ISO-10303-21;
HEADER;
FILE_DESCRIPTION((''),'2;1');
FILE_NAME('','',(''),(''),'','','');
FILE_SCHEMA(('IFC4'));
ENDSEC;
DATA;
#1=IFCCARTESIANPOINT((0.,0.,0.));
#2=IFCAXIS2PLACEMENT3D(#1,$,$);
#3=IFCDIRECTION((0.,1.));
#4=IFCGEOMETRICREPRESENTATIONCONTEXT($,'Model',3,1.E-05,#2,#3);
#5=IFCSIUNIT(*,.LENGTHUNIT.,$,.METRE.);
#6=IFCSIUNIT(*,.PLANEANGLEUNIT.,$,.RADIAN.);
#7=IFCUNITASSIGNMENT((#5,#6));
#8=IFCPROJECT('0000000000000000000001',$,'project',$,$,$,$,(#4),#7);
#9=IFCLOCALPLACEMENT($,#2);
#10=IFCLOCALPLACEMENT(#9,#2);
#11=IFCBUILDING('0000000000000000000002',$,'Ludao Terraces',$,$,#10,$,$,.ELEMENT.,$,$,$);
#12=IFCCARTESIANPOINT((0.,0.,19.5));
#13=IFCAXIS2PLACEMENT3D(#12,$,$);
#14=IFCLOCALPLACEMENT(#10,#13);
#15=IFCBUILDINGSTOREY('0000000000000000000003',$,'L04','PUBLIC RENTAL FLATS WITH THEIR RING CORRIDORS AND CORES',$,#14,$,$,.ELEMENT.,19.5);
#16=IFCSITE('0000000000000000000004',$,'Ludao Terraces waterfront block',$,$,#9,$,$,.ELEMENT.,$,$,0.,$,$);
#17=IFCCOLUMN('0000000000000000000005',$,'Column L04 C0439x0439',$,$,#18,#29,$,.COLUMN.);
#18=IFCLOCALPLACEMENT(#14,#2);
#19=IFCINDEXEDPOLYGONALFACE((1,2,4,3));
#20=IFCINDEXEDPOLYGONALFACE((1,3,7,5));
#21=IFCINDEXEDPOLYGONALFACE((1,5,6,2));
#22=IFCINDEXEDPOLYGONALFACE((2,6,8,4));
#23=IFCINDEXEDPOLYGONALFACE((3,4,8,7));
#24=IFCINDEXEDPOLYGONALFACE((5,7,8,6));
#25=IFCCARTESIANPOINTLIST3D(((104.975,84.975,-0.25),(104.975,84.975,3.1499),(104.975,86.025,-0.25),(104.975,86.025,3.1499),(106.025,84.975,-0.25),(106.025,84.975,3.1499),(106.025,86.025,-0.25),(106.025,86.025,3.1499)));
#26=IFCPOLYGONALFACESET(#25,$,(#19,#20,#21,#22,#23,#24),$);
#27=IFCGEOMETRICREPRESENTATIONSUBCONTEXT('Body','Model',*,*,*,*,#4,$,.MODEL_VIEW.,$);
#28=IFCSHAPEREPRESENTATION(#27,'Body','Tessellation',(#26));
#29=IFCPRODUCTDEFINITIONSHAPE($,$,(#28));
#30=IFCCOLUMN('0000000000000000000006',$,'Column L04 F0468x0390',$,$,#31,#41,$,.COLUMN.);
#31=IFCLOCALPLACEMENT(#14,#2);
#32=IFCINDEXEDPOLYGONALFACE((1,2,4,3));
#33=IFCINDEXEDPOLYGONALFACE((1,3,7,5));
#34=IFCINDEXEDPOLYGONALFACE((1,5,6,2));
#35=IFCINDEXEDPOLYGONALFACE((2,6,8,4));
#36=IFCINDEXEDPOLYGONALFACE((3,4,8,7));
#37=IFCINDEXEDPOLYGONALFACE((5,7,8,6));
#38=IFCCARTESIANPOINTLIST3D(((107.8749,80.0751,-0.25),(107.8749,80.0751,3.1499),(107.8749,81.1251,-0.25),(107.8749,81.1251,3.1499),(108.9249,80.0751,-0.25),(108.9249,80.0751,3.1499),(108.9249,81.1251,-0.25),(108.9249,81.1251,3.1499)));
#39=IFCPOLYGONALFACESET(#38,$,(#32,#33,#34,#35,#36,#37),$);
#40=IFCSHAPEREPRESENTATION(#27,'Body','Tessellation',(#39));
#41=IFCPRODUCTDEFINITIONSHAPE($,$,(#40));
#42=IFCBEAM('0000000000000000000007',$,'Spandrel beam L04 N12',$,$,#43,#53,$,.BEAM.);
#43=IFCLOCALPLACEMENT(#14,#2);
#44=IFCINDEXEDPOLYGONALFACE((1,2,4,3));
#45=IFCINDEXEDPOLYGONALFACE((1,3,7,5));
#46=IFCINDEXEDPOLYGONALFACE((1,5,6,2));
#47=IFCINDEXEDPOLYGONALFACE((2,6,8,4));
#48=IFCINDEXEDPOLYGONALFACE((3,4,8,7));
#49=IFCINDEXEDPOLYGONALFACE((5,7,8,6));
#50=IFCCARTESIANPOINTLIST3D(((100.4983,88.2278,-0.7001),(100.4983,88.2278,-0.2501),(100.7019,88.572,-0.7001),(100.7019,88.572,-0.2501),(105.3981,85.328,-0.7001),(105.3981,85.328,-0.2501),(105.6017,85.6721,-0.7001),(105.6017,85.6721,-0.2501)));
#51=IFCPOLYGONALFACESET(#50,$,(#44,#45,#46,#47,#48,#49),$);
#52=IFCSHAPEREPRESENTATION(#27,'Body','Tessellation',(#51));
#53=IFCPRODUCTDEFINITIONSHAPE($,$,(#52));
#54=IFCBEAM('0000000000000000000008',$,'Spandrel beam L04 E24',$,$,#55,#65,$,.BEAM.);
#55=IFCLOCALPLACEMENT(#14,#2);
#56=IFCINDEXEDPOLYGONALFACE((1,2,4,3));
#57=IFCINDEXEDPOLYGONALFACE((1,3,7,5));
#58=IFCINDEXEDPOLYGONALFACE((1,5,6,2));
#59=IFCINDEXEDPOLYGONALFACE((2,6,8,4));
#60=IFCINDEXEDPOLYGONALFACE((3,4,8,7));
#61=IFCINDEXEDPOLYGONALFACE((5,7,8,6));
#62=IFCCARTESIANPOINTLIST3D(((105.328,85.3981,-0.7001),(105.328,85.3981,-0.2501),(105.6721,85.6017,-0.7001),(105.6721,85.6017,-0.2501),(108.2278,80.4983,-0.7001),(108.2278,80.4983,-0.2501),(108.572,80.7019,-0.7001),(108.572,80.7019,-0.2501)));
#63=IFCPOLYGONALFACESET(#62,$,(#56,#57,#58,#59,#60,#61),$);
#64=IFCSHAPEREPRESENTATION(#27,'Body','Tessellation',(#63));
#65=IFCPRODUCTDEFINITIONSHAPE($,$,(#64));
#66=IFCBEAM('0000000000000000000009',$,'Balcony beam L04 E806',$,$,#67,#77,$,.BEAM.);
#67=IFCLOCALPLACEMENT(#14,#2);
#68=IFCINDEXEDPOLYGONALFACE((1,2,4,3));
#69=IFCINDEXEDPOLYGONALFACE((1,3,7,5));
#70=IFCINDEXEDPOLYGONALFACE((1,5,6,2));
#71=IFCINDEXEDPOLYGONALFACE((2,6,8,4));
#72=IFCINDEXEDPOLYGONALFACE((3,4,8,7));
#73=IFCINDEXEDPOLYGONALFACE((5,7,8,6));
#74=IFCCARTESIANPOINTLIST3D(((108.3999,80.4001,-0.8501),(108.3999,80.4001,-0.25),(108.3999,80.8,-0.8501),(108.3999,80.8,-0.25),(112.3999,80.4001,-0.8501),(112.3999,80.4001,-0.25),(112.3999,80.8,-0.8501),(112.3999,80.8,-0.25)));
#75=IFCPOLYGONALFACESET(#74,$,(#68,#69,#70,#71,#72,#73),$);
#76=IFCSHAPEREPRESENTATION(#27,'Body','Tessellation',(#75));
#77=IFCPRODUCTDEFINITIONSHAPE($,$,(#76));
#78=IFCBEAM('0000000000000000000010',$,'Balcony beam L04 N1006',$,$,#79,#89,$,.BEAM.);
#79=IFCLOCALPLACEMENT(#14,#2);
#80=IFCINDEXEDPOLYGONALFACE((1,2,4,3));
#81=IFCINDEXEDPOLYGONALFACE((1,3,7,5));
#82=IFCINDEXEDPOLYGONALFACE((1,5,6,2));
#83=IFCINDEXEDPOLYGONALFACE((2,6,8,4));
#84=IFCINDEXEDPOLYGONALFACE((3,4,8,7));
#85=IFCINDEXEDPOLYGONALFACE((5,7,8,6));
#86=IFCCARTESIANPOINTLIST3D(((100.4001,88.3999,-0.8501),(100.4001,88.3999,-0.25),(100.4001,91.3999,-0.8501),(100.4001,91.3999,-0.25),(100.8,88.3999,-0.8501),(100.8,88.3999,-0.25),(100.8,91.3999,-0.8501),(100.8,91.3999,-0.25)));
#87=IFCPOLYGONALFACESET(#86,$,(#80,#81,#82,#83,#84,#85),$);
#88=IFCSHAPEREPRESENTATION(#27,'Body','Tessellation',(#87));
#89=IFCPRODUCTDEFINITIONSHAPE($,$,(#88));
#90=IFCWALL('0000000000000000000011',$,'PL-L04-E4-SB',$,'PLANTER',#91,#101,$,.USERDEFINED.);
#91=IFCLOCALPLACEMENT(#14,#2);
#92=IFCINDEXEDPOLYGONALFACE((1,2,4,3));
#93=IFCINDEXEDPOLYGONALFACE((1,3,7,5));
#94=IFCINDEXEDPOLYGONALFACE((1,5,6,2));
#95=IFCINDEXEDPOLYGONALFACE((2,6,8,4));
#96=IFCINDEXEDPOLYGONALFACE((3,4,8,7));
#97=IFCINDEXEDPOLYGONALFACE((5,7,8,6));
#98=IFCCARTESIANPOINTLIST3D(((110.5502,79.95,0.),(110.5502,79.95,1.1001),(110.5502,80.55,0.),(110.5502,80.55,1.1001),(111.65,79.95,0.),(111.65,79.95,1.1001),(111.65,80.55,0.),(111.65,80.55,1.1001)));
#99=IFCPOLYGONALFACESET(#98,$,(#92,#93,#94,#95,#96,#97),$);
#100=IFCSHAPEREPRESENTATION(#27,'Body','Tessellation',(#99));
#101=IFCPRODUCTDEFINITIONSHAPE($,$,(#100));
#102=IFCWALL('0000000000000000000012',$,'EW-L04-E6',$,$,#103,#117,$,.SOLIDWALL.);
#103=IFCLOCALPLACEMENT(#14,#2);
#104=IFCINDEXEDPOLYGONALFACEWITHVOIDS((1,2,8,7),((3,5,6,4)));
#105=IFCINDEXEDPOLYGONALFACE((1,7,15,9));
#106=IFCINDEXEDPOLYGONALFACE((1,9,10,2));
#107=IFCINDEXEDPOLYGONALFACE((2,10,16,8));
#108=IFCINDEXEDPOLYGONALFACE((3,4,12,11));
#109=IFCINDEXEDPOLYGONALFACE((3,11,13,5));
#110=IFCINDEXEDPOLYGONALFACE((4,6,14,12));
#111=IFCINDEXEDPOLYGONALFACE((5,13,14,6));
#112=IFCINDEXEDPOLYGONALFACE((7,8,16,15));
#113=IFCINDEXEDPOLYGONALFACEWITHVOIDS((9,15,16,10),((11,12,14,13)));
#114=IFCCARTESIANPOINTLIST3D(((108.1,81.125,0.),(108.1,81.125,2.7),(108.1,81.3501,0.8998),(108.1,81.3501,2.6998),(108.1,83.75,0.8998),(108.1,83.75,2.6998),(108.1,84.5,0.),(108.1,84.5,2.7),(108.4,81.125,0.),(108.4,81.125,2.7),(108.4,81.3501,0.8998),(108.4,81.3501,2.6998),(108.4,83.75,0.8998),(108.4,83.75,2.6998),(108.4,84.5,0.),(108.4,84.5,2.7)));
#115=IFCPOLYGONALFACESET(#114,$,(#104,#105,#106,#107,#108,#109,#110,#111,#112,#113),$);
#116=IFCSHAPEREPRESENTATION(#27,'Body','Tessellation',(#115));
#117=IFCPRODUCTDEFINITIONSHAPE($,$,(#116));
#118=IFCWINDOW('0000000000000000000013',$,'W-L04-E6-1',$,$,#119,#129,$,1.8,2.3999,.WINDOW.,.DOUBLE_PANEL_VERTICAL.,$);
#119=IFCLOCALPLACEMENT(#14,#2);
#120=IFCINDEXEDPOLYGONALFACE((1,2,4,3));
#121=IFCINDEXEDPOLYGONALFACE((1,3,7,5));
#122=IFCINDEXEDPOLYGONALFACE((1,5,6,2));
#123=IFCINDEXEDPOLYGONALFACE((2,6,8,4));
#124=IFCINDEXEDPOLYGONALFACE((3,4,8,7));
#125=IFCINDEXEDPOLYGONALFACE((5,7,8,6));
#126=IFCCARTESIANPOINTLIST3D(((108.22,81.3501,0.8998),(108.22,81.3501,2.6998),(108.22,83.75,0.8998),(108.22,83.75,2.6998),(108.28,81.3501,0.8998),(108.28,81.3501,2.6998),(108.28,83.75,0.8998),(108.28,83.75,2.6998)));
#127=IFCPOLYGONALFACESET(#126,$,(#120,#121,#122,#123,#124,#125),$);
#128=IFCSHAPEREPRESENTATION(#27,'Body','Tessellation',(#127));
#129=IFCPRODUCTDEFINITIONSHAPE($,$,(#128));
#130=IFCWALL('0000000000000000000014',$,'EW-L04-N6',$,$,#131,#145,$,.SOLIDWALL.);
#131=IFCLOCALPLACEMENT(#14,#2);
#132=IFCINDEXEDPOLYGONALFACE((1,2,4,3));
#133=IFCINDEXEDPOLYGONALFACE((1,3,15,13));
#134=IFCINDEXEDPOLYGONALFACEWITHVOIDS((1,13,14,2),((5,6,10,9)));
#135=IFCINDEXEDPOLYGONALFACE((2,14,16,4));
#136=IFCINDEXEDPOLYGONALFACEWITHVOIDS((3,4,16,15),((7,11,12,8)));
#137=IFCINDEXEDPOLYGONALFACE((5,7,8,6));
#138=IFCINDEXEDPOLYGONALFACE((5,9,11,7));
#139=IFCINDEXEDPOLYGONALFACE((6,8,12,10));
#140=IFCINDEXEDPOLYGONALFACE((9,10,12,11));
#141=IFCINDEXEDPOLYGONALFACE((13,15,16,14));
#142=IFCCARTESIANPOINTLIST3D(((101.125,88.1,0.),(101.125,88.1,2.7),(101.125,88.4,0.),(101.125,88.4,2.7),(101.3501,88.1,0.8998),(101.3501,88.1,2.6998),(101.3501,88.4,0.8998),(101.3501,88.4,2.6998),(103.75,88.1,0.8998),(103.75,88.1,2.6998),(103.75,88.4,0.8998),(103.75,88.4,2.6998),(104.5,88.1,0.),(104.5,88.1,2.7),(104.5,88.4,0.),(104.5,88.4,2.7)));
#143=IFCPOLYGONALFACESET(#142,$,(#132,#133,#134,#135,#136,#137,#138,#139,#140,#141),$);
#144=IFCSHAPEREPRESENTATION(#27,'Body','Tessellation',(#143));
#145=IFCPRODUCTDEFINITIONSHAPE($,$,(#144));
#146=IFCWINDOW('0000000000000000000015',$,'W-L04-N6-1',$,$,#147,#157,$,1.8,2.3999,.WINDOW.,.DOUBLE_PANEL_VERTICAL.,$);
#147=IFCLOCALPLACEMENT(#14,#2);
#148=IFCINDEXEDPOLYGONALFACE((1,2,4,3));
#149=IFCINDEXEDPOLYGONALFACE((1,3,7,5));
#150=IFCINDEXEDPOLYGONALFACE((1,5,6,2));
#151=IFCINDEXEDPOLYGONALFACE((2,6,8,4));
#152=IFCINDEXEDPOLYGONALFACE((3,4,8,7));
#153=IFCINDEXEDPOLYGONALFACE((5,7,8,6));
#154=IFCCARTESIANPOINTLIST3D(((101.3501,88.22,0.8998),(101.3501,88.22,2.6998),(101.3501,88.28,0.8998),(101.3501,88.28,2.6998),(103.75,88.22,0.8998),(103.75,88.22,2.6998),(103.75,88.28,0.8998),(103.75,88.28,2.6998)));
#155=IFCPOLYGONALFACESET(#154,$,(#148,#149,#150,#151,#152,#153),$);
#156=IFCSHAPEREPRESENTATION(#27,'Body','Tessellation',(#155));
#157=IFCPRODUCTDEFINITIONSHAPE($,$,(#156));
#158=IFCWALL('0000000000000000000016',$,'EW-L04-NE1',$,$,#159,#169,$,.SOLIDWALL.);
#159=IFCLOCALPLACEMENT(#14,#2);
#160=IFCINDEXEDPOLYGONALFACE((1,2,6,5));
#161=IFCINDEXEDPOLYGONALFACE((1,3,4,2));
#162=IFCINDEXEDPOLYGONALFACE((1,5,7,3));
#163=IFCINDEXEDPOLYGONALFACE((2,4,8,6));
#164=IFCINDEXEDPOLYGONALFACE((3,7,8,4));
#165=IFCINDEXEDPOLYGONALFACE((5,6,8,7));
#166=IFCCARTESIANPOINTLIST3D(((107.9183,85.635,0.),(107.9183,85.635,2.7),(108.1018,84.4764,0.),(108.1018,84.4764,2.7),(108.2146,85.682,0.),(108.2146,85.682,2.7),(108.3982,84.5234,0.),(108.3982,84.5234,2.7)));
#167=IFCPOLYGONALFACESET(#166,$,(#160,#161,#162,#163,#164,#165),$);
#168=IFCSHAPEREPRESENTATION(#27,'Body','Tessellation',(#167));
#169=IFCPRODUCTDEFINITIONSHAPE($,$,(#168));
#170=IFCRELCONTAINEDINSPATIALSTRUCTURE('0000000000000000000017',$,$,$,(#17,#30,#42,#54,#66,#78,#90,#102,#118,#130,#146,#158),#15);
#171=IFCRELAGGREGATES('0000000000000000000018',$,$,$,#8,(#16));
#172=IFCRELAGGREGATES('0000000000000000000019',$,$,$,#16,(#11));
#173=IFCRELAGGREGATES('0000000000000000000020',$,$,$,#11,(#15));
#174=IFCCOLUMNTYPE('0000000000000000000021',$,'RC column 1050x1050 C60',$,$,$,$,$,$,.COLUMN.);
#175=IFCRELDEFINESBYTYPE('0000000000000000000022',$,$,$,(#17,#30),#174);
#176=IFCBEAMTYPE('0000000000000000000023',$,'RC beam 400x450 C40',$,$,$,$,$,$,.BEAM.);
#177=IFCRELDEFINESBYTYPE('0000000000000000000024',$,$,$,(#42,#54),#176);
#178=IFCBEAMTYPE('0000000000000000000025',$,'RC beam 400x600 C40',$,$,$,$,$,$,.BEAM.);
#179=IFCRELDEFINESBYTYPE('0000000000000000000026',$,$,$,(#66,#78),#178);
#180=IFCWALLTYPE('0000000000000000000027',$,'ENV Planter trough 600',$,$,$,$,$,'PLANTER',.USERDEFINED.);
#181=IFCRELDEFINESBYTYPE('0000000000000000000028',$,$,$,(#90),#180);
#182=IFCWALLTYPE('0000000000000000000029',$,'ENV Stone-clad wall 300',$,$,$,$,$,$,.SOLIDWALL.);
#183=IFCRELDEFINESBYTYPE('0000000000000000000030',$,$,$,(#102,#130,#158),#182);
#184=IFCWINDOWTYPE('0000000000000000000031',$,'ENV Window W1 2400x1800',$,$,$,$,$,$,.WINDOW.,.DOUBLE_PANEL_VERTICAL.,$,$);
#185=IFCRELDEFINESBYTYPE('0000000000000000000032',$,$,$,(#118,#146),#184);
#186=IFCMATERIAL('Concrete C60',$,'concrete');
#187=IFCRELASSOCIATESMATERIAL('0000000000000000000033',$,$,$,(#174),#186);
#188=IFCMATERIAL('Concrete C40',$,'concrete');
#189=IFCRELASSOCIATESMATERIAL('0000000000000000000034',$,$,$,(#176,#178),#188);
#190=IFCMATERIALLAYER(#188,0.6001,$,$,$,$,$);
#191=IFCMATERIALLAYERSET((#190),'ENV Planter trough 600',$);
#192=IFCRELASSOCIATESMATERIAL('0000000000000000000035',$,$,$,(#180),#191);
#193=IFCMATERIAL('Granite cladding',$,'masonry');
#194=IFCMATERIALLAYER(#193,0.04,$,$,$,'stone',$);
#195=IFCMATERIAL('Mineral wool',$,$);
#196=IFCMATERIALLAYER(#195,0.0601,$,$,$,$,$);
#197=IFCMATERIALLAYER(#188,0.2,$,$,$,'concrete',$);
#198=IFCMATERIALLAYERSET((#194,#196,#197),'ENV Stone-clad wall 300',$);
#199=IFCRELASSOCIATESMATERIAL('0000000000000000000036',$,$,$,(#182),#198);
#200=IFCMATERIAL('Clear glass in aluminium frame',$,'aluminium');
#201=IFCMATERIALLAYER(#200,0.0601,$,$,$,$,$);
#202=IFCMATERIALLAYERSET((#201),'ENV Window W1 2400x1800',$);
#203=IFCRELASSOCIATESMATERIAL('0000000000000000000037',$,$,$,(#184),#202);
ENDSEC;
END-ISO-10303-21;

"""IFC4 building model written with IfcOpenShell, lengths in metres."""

from ifc_helpers import new_model, si_unit, direction, frame, frame_2d, origin, origin_2d, place, context, subcontext, project, spatial, rectangle, extrude, material, layer, layer_set, material_profile, profile_set, type_object, element, fill, save


model = new_model("IFC4")

# Units and contexts
model_context = context("Model", 3, precision=1e-05, world=origin(), true_north=direction((0.0, 1.0)))
body_context = subcontext(model_context, "Body", "Model", "MODEL_VIEW")
ifc_project = project(units=[si_unit("LENGTHUNIT", "METRE"), si_unit("PLANEANGLEUNIT", "RADIAN")], contexts=[model_context])

# Site, building, storey
site_placement = place(None, origin())
site = spatial("IfcSite", under=ifc_project, at=site_placement, Name="Ludao Terraces waterfront block", CompositionType="ELEMENT", RefElevation=0.0)
building_placement = place(site_placement, origin())
building = spatial("IfcBuilding", under=site, at=building_placement, Name="Ludao Terraces", CompositionType="ELEMENT")
storey_placement = place(building_placement, frame((0.0, 0.0, 19.5)))
storey = spatial("IfcBuildingStorey", under=building, at=storey_placement, Name="L04", Description="PUBLIC RENTAL FLATS WITH THEIR RING CORRIDORS AND CORES", CompositionType="ELEMENT", Elevation=19.5)

# Columns
ifc_material_1 = material(Name="Concrete C60", Category="concrete")
ifc_material_profile_1 = material_profile(ifc_material_1, rectangle(XDim=1.05, YDim=1.05, at=origin_2d()), Name="1050 X 1050")
ifc_profile_set_1 = profile_set([ifc_material_profile_1], Name="Concrete C60")
column_type = type_object("IfcColumnType", Name="RC column 1050x1050 C60", PredefinedType="COLUMN", material=ifc_profile_set_1)
for number, where, z_axis, x_axis, name in (
    (1, (105.5, 85.5, -0.25), (0.0, 0.0, 1.0), (1.0, 0.0, 0.0), "Column L04 C0439x0439"),
    (2, (108.3999, 80.6001, -0.25), (0.0, 0.0, 1.0), (1.0, 0.0, 0.0), "Column L04 F0468x0390"),
):
    element("IfcColumn", number, at=place(storey_placement, frame(where, z_axis=z_axis, x_axis=x_axis)), inside=storey, type_object=column_type, Name=name, PredefinedType="COLUMN", context=body_context, shape_type="SweptSolid", body=[
        extrude(rectangle(XDim=1.05, YDim=1.05, at=origin_2d()), origin(), (0.0, 0.0, 1.0), 3.3999),
    ])

# Beams
ifc_material_2 = material(Name="Concrete C40", Category="concrete")
ifc_material_profile_2 = material_profile(ifc_material_2, rectangle(XDim=0.3999, YDim=0.45, at=origin_2d()), Name="400 X 450")
ifc_profile_set_2 = profile_set([ifc_material_profile_2], Name="Concrete C40")
beam_type_1 = type_object("IfcBeamType", Name="RC beam 400x450 C40", PredefinedType="BEAM", material=ifc_profile_set_2)
for number, where, z_axis, x_axis, name in (
    (3, (100.6001, 88.3999, -0.4751), (0.86058, -0.509316, 0.0), (0.509316, 0.86058, 0.0), "Spandrel beam L04 N12"),
    (4, (108.3999, 80.6001, -0.4751), (-0.509316, 0.86058, 0.0), (-0.86058, -0.509316, 0.0), "Spandrel beam L04 E24"),
):
    element("IfcBeam", number, at=place(storey_placement, frame(where, z_axis=z_axis, x_axis=x_axis)), inside=storey, type_object=beam_type_1, Name=name, PredefinedType="BEAM", context=body_context, shape_type="SweptSolid", body=[
        extrude(rectangle(XDim=0.3999, YDim=0.45, at=origin_2d()), origin(), (0.0, 0.0, 1.0), 5.6936),
    ])
ifc_material_profile_3 = material_profile(ifc_material_2, rectangle(XDim=0.3999, YDim=0.6001, at=origin_2d()), Name="400 X 600")
ifc_profile_set_3 = profile_set([ifc_material_profile_3], Name="Concrete C40")
beam_type_2 = type_object("IfcBeamType", Name="RC beam 400x600 C40", PredefinedType="BEAM", material=ifc_profile_set_3)
beam_1_placement = place(storey_placement, frame((108.3999, 80.6001, -0.55), z_axis=(1.0, 0.0, 0.0), x_axis=(0.0, 1.0, 0.0)))
element("IfcBeam", 5, at=beam_1_placement, inside=storey, type_object=beam_type_2, Name="Balcony beam L04 E806", PredefinedType="BEAM", context=body_context, shape_type="SweptSolid", body=[
    extrude(rectangle(XDim=0.3999, YDim=0.6001, at=origin_2d()), origin(), (0.0, 0.0, 1.0), 4.0),
])
beam_2_placement = place(storey_placement, frame((100.6001, 88.3999, -0.55), z_axis=(0.0, 1.0, 0.0), x_axis=(-1.0, 0.0, 0.0)))
element("IfcBeam", 6, at=beam_2_placement, inside=storey, type_object=beam_type_2, Name="Balcony beam L04 N1006", PredefinedType="BEAM", context=body_context, shape_type="SweptSolid", body=[
    extrude(rectangle(XDim=0.3999, YDim=0.6001, at=origin_2d()), origin(), (0.0, 0.0, 1.0), 3.0),
])

# Wall
ifc_layer_1 = layer(ifc_material_2, 0.6001)
ifc_layer_set_1 = layer_set([ifc_layer_1], Name="ENV Planter trough 600")
wall_type_1 = type_object("IfcWallType", Name="ENV Planter trough 600", ElementType="PLANTER", PredefinedType="USERDEFINED", material=ifc_layer_set_1)
wall_1_placement = place(storey_placement, frame((111.6499, 80.25, 0.0), z_axis=(0.0, 0.0, 1.0), x_axis=(-1.0, 0.0, 0.0)))
element("IfcWall", 7, at=wall_1_placement, inside=storey, type_object=wall_type_1, Name="PL-L04-E4-SB", ObjectType="PLANTER", PredefinedType="USERDEFINED", context=body_context, shape_type="SweptSolid", body=[
    extrude(rectangle(XDim=1.0999, YDim=0.6001, at=frame_2d((0.5498, 0.0))), origin(), (0.0, 0.0, 1.0), 1.1001),
])

# Walls, openings, windows
ifc_material_3 = material(Name="Granite cladding", Category="masonry")
ifc_layer_2 = layer(ifc_material_3, 0.04, Category="stone")
ifc_material_4 = material(Name="Mineral wool")
ifc_layer_3 = layer(ifc_material_4, 0.0601)
ifc_layer_4 = layer(ifc_material_2, 0.2, Category="concrete")
ifc_layer_set_2 = layer_set([ifc_layer_2, ifc_layer_3, ifc_layer_4], Name="ENV Stone-clad wall 300")
wall_type_2 = type_object("IfcWallType", Name="ENV Stone-clad wall 300", PredefinedType="SOLIDWALL", material=ifc_layer_set_2)
wall_2_placement = place(storey_placement, frame((108.25, 81.125, 0.0), z_axis=(0.0, 0.0, 1.0), x_axis=(0.0, 1.0, 0.0)))
wall_2 = element("IfcWall", 8, at=wall_2_placement, inside=storey, type_object=wall_type_2, Name="EW-L04-E6", PredefinedType="SOLIDWALL", context=body_context, shape_type="SweptSolid", body=[
    extrude(rectangle(XDim=3.375, YDim=0.3, at=frame_2d((1.6875, 0.0))), origin(), (0.0, 0.0, 1.0), 2.7),
])
opening_1_placement = place(wall_2_placement, frame((0.2251, 0.0, 0.8999)))
opening_1 = element("IfcOpeningElement", 9, at=opening_1_placement, cuts=wall_2, PredefinedType="OPENING", context=body_context, shape_type="SweptSolid", body=[
    extrude(rectangle(XDim=2.3999, YDim=1.8, at=frame_2d((1.2, 0.8999))), frame((0.0, 0.1602, 0.0), z_axis=(0.0, -1.0, 0.0), x_axis=(1.0, 0.0, 0.0)), (0.0, 0.0, 1.0), 0.3201),
])
ifc_material_5 = material(Name="Clear glass in aluminium frame", Category="aluminium")
ifc_layer_5 = layer(ifc_material_5, 0.0601)
ifc_layer_set_3 = layer_set([ifc_layer_5], Name="ENV Window W1 2400x1800")
window_type_1 = type_object("IfcWindowType", Name="ENV Window W1 2400x1800", PartitioningType="DOUBLE_PANEL_VERTICAL", PredefinedType="WINDOW", material=ifc_layer_set_3)
window_1_placement = place(opening_1_placement, origin())
window_1 = element("IfcWindow", 10, at=window_1_placement, inside=storey, type_object=window_type_1, Name="W-L04-E6-1", OverallHeight=1.8, OverallWidth=2.3999, PartitioningType="DOUBLE_PANEL_VERTICAL", PredefinedType="WINDOW", context=body_context, shape_type="SweptSolid", body=[
    extrude(rectangle(XDim=2.3999, YDim=1.8, at=frame_2d((1.2, 0.8999))), frame((0.0, 0.03, 0.0), z_axis=(0.0, -1.0, 0.0), x_axis=(1.0, 0.0, 0.0)), (0.0, 0.0, 1.0), 0.0601),
])
fill(opening_1, window_1)
wall_3_placement = place(storey_placement, frame((101.125, 88.25, 0.0), z_axis=(0.0, 0.0, 1.0), x_axis=(1.0, 0.0, 0.0)))
wall_3 = element("IfcWall", 11, at=wall_3_placement, inside=storey, type_object=wall_type_2, Name="EW-L04-N6", PredefinedType="SOLIDWALL", context=body_context, shape_type="SweptSolid", body=[
    extrude(rectangle(XDim=3.375, YDim=0.3, at=frame_2d((1.6875, 0.0))), origin(), (0.0, 0.0, 1.0), 2.7),
])
opening_2_placement = place(wall_3_placement, frame((0.2251, 0.0, 0.8999)))
opening_2 = element("IfcOpeningElement", 12, at=opening_2_placement, cuts=wall_3, PredefinedType="OPENING", context=body_context, shape_type="SweptSolid", body=[
    extrude(rectangle(XDim=2.3999, YDim=1.8, at=frame_2d((1.2, 0.8999))), frame((0.0, 0.1602, 0.0), z_axis=(0.0, -1.0, 0.0), x_axis=(1.0, 0.0, 0.0)), (0.0, 0.0, 1.0), 0.3201),
])
window_2_placement = place(opening_2_placement, origin())
window_2 = element("IfcWindow", 13, at=window_2_placement, inside=storey, type_object=window_type_1, Name="W-L04-N6-1", OverallHeight=1.8, OverallWidth=2.3999, PartitioningType="DOUBLE_PANEL_VERTICAL", PredefinedType="WINDOW", context=body_context, shape_type="SweptSolid", body=[
    extrude(rectangle(XDim=2.3999, YDim=1.8, at=frame_2d((1.2, 0.8999))), frame((0.0, 0.03, 0.0), z_axis=(0.0, -1.0, 0.0), x_axis=(1.0, 0.0, 0.0)), (0.0, 0.0, 1.0), 0.0601),
])
fill(opening_2, window_2)

# Wall
wall_4_placement = place(storey_placement, frame((108.25, 84.5, 0.0), z_axis=(0.0, 0.0, 1.0), x_axis=(-0.156497, 0.987678, 0.0)))
element("IfcWall", 14, at=wall_4_placement, inside=storey, type_object=wall_type_2, Name="EW-L04-NE1", PredefinedType="SOLIDWALL", context=body_context, shape_type="SweptSolid", body=[
    extrude(rectangle(XDim=1.1731, YDim=0.3, at=frame_2d((0.5864, 0.0))), origin(), (0.0, 0.0, 1.0), 2.7),
])

save(model, "model.ifc")
